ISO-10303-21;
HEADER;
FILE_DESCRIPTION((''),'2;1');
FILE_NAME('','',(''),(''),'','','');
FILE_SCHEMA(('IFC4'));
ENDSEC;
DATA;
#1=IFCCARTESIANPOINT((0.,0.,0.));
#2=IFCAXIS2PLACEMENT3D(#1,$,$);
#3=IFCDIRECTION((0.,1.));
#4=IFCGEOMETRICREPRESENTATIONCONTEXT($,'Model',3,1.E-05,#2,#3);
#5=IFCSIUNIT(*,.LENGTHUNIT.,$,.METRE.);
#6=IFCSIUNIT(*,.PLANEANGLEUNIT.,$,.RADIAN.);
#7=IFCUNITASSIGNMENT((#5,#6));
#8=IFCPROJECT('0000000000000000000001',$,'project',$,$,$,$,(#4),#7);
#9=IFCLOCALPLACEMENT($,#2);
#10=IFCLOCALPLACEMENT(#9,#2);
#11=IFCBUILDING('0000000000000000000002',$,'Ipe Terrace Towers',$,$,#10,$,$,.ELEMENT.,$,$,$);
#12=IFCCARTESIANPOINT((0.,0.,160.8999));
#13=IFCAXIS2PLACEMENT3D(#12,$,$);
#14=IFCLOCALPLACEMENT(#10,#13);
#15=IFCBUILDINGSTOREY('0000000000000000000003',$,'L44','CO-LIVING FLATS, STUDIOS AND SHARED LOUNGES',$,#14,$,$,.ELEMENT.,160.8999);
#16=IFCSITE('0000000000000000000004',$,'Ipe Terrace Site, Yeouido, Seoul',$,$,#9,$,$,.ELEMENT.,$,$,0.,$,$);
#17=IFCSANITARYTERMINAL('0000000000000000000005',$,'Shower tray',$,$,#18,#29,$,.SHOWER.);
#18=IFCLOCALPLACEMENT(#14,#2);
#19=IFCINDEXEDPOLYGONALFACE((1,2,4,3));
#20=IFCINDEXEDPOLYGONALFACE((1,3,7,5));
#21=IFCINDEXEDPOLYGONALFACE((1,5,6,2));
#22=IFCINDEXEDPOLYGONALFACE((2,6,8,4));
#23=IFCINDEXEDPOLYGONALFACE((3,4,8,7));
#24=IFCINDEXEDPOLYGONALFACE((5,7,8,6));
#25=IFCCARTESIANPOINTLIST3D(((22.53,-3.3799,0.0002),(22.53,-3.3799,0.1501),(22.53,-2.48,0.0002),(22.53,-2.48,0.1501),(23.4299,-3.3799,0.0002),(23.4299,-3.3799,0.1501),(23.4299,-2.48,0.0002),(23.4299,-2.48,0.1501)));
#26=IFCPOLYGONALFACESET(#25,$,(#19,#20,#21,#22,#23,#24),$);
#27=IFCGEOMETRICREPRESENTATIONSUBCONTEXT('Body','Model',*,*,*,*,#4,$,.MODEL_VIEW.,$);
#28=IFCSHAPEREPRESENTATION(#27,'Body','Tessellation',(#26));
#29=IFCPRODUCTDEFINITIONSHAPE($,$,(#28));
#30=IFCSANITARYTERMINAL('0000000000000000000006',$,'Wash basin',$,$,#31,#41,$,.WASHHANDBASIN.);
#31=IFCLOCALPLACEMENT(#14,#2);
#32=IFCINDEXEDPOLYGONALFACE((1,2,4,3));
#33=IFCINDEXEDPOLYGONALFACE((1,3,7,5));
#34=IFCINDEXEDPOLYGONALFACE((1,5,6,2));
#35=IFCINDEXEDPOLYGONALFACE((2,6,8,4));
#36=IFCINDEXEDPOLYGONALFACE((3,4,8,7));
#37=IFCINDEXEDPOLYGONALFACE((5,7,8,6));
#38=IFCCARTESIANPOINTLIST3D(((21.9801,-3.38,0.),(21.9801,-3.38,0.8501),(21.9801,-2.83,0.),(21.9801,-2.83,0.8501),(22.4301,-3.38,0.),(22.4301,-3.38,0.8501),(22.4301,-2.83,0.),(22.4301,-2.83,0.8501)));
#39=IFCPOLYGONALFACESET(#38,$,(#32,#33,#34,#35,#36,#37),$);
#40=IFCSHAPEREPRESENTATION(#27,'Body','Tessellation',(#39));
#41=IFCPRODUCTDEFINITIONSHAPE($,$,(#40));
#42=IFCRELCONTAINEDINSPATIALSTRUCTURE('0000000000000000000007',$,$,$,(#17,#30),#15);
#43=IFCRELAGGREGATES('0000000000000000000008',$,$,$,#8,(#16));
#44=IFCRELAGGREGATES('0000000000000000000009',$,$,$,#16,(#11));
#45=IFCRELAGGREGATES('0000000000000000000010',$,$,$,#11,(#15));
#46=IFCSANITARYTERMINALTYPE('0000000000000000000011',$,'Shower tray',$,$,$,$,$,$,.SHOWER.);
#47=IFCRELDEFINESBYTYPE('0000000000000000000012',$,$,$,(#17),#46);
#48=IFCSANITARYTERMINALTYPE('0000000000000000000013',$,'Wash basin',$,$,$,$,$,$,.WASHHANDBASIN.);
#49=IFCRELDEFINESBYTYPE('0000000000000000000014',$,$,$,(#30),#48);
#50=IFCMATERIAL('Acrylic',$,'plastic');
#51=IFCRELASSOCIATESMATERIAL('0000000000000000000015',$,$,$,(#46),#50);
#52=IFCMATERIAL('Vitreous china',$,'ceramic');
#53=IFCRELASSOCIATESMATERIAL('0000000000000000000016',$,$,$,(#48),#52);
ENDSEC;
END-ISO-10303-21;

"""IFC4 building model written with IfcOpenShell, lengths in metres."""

from ifc_helpers import new_model, si_unit, direction, frame, origin, origin_2d, place, context, subcontext, project, spatial, rectangle, extrude, material, type_object, element, save


model = new_model("IFC4")

# Units and contexts
model_context = context("Model", 3, precision=1e-05, world=origin(), true_north=direction((0.0, 1.0)))
body_context = subcontext(model_context, "Body", "Model", "MODEL_VIEW")
ifc_project = project(units=[si_unit("LENGTHUNIT", "METRE"), si_unit("PLANEANGLEUNIT", "RADIAN")], contexts=[model_context])

# Site, building, storey
site_placement = place(None, origin())
site = spatial("IfcSite", under=ifc_project, at=site_placement, Name="Ipe Terrace Site, Yeouido, Seoul", CompositionType="ELEMENT", RefElevation=0.0)
building_placement = place(site_placement, origin())
building = spatial("IfcBuilding", under=site, at=building_placement, Name="Ipe Terrace Towers", CompositionType="ELEMENT")
storey_placement = place(building_placement, frame((0.0, 0.0, 160.8999)))
storey = spatial("IfcBuildingStorey", under=building, at=storey_placement, Name="L44", Description="CO-LIVING FLATS, STUDIOS AND SHARED LOUNGES", CompositionType="ELEMENT", Elevation=160.8999)

# Sanitary terminals
ifc_material_1 = material(Name="Acrylic", Category="plastic")
sanitary_terminal_type_1 = type_object("IfcSanitaryTerminalType", Name="Shower tray", PredefinedType="SHOWER", material=ifc_material_1)
sanitary_terminal_1_placement = place(storey_placement, frame((22.98, -2.9299, 0.0002), z_axis=(0.0, 0.0, 1.0), x_axis=(0.0, 1.0, 0.0)))
element("IfcSanitaryTerminal", 1, at=sanitary_terminal_1_placement, inside=storey, type_object=sanitary_terminal_type_1, Name="Shower tray", PredefinedType="SHOWER", context=body_context, shape_type="SweptSolid", body=[
    extrude(rectangle(XDim=0.8999, YDim=0.8999, at=origin_2d()), origin(), (0.0, 0.0, 1.0), 0.1499),
])
ifc_material_2 = material(Name="Vitreous china", Category="ceramic")
sanitary_terminal_type_2 = type_object("IfcSanitaryTerminalType", Name="Wash basin", PredefinedType="WASHHANDBASIN", material=ifc_material_2)
sanitary_terminal_2_placement = place(storey_placement, frame((22.2051, -3.105, 0.0), z_axis=(0.0, 0.0, 1.0), x_axis=(0.0, 1.0, 0.0)))
element("IfcSanitaryTerminal", 2, at=sanitary_terminal_2_placement, inside=storey, type_object=sanitary_terminal_type_2, Name="Wash basin", PredefinedType="WASHHANDBASIN", context=body_context, shape_type="SweptSolid", body=[
    extrude(rectangle(XDim=0.55, YDim=0.45, at=origin_2d()), origin(), (0.0, 0.0, 1.0), 0.8501),
])

save(model, "model.ifc")
